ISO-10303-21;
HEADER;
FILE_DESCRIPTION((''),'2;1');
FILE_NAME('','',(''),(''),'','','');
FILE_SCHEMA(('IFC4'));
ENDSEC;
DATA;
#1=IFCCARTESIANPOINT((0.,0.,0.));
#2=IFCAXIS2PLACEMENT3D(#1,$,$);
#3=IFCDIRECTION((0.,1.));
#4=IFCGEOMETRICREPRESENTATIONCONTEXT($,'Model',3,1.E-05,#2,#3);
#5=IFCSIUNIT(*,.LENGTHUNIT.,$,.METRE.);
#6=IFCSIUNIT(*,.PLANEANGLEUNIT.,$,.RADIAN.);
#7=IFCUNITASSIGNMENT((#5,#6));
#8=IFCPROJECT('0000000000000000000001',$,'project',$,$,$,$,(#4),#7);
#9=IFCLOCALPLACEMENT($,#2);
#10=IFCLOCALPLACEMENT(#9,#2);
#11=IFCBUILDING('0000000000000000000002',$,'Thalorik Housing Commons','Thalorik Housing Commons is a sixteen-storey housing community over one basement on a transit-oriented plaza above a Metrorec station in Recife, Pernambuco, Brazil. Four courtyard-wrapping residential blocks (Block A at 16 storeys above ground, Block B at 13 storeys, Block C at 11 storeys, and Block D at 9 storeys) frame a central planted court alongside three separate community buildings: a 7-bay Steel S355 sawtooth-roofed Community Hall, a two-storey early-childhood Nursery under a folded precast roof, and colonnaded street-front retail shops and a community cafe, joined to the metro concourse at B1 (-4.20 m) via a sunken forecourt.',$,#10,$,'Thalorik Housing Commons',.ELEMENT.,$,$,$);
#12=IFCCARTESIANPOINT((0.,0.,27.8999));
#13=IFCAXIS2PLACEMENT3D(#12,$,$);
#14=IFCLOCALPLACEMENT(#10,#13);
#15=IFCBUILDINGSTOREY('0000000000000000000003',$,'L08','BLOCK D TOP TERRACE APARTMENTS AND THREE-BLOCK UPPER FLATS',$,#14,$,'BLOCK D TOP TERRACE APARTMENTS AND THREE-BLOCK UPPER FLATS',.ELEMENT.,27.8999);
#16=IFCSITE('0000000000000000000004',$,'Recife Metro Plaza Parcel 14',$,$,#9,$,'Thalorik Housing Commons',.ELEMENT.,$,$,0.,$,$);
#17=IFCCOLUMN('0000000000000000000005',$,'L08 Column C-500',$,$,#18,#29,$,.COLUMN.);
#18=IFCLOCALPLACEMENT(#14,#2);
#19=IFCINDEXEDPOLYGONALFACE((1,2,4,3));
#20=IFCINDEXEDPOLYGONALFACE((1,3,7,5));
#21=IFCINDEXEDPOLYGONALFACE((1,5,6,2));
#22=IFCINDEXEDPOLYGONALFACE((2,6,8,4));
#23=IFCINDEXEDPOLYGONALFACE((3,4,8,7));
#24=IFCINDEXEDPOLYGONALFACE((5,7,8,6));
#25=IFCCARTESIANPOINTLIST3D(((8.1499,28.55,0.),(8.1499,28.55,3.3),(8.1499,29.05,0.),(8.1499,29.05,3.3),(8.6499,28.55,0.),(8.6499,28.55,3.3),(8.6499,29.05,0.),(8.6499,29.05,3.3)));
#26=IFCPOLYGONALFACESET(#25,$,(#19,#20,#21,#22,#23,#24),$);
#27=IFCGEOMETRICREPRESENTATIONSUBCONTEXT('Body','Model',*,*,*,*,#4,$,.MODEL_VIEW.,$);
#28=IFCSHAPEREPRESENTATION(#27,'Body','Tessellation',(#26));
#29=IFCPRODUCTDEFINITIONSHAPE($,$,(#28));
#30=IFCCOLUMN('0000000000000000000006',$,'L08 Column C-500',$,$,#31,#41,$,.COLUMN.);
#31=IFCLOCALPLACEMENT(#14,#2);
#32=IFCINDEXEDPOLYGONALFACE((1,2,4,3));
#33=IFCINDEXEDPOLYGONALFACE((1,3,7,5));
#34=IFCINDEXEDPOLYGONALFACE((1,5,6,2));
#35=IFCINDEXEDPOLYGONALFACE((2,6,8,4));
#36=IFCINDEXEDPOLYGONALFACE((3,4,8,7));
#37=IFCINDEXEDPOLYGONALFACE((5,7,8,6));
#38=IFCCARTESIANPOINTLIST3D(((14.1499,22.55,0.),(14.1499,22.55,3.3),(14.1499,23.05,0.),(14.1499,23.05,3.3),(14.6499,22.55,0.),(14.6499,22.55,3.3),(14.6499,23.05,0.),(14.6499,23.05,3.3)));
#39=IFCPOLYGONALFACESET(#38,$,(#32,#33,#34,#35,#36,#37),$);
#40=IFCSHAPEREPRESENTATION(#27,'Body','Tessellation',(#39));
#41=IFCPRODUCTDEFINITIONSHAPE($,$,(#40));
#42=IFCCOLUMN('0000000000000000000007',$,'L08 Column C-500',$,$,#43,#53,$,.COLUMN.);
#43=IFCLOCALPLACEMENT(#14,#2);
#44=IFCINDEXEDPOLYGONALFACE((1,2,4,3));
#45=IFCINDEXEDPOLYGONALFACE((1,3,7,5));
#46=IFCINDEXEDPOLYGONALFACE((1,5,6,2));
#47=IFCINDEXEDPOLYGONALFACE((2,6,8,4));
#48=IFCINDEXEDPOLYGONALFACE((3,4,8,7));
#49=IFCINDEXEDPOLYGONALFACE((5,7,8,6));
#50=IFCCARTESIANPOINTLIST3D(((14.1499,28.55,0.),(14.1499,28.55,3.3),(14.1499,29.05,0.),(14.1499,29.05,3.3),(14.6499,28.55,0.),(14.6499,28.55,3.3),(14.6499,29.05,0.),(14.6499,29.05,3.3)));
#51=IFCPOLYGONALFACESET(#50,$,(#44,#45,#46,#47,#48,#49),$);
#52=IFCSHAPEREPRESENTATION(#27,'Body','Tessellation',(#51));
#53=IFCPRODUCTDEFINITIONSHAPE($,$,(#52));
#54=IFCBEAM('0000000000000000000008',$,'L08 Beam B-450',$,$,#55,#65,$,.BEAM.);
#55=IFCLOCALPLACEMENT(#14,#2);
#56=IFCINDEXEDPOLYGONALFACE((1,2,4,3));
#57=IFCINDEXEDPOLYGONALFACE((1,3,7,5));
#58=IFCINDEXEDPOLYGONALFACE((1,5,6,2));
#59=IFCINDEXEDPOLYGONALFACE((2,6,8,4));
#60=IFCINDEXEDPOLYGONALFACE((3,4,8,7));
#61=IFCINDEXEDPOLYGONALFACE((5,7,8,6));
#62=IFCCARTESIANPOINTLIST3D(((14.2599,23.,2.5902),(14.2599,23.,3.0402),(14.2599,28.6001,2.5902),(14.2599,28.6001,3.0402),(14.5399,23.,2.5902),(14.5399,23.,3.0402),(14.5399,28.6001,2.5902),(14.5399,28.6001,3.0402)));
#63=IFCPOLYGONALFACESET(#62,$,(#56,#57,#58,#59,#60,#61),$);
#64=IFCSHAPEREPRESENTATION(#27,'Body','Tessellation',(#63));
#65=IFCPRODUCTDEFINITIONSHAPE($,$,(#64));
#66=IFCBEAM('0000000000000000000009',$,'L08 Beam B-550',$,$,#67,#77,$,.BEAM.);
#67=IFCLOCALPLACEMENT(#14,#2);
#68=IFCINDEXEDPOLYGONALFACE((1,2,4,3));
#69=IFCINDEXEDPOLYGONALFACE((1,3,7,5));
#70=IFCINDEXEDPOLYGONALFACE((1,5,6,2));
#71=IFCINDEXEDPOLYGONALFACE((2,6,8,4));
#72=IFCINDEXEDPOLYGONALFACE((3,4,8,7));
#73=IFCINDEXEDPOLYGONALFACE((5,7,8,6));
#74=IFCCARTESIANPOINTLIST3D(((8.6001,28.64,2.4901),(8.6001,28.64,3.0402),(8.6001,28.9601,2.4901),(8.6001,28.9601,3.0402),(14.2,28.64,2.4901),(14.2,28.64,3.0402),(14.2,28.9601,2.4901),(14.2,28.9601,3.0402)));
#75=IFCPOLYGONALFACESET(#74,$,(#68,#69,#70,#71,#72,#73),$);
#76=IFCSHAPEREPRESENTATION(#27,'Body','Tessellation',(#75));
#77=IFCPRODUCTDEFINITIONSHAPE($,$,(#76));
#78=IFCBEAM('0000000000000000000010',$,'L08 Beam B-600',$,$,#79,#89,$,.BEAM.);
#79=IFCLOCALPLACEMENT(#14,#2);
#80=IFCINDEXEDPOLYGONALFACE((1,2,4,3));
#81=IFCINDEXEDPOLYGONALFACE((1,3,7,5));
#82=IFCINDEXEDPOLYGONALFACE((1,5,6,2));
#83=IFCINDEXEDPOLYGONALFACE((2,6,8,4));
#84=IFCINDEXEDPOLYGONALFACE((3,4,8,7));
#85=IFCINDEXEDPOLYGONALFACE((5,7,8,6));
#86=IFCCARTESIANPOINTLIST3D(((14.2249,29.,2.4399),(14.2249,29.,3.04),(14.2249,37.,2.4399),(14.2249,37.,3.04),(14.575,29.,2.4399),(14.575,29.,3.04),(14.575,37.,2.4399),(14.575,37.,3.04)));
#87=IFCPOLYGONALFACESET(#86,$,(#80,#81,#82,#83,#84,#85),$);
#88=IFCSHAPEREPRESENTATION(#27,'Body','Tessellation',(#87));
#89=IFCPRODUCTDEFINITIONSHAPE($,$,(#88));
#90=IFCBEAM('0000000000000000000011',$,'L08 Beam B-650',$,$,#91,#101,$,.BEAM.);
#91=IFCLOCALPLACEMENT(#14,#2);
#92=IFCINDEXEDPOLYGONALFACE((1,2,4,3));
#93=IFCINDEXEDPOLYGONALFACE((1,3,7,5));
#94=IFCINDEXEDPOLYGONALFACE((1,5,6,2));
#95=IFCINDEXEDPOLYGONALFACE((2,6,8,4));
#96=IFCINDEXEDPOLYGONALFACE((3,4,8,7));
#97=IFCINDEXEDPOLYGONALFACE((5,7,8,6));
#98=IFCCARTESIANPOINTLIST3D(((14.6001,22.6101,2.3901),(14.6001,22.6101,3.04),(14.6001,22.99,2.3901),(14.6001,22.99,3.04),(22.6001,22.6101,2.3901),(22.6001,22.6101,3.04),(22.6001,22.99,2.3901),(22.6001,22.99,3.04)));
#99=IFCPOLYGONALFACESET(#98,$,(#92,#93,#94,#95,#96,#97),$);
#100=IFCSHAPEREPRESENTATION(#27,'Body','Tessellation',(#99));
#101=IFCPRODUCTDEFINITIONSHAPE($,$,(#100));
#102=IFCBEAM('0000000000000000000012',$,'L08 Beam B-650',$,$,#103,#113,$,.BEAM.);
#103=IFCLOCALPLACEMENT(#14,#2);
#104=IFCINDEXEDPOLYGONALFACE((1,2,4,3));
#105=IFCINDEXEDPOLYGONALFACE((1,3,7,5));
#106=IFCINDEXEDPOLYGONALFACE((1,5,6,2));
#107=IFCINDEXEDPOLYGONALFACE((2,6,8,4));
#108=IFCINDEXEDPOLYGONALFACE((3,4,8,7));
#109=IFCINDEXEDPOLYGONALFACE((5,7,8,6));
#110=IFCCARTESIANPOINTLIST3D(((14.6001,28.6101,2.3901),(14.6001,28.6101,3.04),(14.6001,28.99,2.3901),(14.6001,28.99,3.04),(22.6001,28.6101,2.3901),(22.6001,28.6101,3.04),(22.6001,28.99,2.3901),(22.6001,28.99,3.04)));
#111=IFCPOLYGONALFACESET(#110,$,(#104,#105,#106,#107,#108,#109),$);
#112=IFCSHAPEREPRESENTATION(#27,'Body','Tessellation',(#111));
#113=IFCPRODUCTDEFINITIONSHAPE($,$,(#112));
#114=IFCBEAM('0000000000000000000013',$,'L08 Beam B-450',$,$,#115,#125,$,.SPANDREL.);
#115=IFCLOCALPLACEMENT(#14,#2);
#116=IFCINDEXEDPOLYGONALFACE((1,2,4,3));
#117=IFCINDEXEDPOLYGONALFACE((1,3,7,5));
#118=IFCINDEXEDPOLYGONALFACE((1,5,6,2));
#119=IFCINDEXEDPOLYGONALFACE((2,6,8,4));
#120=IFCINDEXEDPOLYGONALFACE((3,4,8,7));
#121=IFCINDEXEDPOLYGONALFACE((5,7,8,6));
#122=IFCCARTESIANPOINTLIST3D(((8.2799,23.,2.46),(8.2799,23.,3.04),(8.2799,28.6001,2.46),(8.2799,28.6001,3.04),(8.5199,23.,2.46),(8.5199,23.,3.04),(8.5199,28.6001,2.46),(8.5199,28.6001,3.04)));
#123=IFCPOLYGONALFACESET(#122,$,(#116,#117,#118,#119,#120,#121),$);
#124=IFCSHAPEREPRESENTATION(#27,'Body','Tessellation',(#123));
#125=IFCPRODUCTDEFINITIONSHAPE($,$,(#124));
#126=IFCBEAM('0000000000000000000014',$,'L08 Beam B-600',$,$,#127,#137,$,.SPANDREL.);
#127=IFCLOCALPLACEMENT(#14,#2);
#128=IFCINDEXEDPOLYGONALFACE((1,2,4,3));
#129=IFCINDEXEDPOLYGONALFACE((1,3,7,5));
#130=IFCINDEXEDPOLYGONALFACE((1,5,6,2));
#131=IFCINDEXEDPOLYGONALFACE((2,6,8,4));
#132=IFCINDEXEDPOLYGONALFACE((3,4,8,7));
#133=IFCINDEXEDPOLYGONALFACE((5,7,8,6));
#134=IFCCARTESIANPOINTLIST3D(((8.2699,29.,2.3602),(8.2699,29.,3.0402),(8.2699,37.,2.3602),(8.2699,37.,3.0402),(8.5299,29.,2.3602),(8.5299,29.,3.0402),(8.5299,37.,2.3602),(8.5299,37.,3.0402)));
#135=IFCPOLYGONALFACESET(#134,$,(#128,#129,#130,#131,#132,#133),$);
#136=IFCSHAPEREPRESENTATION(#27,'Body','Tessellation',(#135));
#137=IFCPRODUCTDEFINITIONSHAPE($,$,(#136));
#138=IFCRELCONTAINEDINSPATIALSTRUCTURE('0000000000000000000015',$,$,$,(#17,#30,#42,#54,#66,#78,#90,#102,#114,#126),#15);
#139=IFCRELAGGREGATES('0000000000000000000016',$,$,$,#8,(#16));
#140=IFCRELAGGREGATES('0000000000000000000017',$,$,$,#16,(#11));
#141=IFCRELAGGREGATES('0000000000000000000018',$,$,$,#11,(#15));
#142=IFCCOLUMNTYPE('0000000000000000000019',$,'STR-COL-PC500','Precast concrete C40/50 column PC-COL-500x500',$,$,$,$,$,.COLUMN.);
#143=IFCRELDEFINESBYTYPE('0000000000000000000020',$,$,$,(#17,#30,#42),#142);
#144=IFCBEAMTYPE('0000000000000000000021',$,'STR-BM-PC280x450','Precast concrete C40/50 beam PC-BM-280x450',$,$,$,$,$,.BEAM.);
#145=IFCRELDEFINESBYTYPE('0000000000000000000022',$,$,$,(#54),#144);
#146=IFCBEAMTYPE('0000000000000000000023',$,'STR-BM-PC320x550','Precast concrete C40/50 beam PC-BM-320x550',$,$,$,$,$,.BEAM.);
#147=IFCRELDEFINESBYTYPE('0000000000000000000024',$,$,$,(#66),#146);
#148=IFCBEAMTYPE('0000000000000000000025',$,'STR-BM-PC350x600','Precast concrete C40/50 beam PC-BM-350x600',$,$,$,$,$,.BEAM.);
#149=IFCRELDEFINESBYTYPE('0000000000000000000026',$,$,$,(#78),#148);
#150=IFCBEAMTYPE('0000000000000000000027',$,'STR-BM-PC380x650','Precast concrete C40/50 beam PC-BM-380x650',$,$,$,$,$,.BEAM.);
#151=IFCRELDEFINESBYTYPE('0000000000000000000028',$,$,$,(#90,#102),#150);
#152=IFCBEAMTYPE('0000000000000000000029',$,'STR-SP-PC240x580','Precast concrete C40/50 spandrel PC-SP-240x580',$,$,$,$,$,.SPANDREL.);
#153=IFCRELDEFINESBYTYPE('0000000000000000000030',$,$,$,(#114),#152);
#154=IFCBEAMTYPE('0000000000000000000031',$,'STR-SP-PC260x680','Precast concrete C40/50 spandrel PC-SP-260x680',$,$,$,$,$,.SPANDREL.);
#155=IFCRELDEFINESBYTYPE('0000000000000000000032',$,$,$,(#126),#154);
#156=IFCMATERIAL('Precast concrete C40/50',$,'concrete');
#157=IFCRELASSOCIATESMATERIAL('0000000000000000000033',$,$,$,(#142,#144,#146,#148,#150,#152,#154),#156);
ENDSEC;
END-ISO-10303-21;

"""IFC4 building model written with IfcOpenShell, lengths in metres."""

from ifc_helpers import new_model, si_unit, direction, frame, origin, origin_2d, place, context, subcontext, project, spatial, rectangle, extrude, material, material_profile, profile_set, type_object, element, save


model = new_model("IFC4")

# Units and contexts
model_context = context("Model", 3, precision=1e-05, world=origin(), true_north=direction((0.0, 1.0)))
body_context = subcontext(model_context, "Body", "Model", "MODEL_VIEW")
ifc_project = project(units=[si_unit("LENGTHUNIT", "METRE"), si_unit("PLANEANGLEUNIT", "RADIAN")], contexts=[model_context])

# Site, building, storey
site_placement = place(None, origin())
site = spatial("IfcSite", under=ifc_project, at=site_placement, Name="Recife Metro Plaza Parcel 14", LongName="Thalorik Housing Commons", CompositionType="ELEMENT", RefElevation=0.0)
building_placement = place(site_placement, origin())
building = spatial("IfcBuilding", under=site, at=building_placement, Name="Thalorik Housing Commons", Description="Thalorik Housing Commons is a sixteen-storey housing community over one basement on a transit-oriented plaza above a Metrorec station in Recife, Pernambuco, Brazil. Four courtyard-wrapping residential blocks (Block A at 16 storeys above ground, Block B at 13 storeys, Block C at 11 storeys, and Block D at 9 storeys) frame a central planted court alongside three separate community buildings: a 7-bay Steel S355 sawtooth-roofed Community Hall, a two-storey early-childhood Nursery under a folded precast roof, and colonnaded street-front retail shops and a community cafe, joined to the metro concourse at B1 (-4.20 m) via a sunken forecourt.", LongName="Thalorik Housing Commons", CompositionType="ELEMENT")
storey_placement = place(building_placement, frame((0.0, 0.0, 27.8999)))
storey = spatial("IfcBuildingStorey", under=building, at=storey_placement, Name="L08", Description="BLOCK D TOP TERRACE APARTMENTS AND THREE-BLOCK UPPER FLATS", LongName="BLOCK D TOP TERRACE APARTMENTS AND THREE-BLOCK UPPER FLATS", CompositionType="ELEMENT", Elevation=27.8999)

# Columns
ifc_material_1 = material(Name="Precast concrete C40/50", Category="concrete")
ifc_material_profile_1 = material_profile(ifc_material_1, rectangle(XDim=0.5, YDim=0.5, at=origin_2d()), Name="PC 500x500", Category="concrete")
ifc_profile_set_1 = profile_set([ifc_material_profile_1], Name="Precast concrete C40/50")
column_type = type_object("IfcColumnType", Name="STR-COL-PC500", Description="Precast concrete C40/50 column PC-COL-500x500", PredefinedType="COLUMN", material=ifc_profile_set_1)
for number, where, z_axis, x_axis, name in (
    (1, (8.3999, 28.8, 0.0), (0.0, 0.0, 1.0), (1.0, 0.0, 0.0), "L08 Column C-500"),
    (2, (14.3999, 22.8, 0.0), (0.0, 0.0, 1.0), (1.0, 0.0, 0.0), "L08 Column C-500"),
    (3, (14.3999, 28.8, 0.0), (0.0, 0.0, 1.0), (1.0, 0.0, 0.0), "L08 Column C-500"),
):
    element("IfcColumn", number, at=place(storey_placement, frame(where, z_axis=z_axis, x_axis=x_axis)), inside=storey, type_object=column_type, Name=name, PredefinedType="COLUMN", context=body_context, shape_type="SweptSolid", body=[
        extrude(rectangle(XDim=0.5, YDim=0.5, at=origin_2d()), origin(), (0.0, 0.0, 1.0), 3.3),
    ])

# Beams
ifc_material_profile_2 = material_profile(ifc_material_1, rectangle(XDim=0.28, YDim=0.45, at=origin_2d()), Name="PC 280x450", Category="concrete")
ifc_profile_set_2 = profile_set([ifc_material_profile_2], Name="Precast concrete C40/50")
beam_type_1 = type_object("IfcBeamType", Name="STR-BM-PC280x450", Description="Precast concrete C40/50 beam PC-BM-280x450", PredefinedType="BEAM", material=ifc_profile_set_2)
beam_1_placement = place(storey_placement, frame((14.3999, 23.0, 2.8152), z_axis=(0.0, 1.0, 0.0), x_axis=(-1.0, 0.0, 0.0)))
element("IfcBeam", 4, at=beam_1_placement, inside=storey, type_object=beam_type_1, Name="L08 Beam B-450", PredefinedType="BEAM", context=body_context, shape_type="SweptSolid", body=[
    extrude(rectangle(XDim=0.28, YDim=0.45, at=origin_2d()), origin(), (0.0, 0.0, 1.0), 5.6001),
])
ifc_material_profile_3 = material_profile(ifc_material_1, rectangle(XDim=0.3201, YDim=0.55, at=origin_2d()), Name="PC 320x550", Category="concrete")
ifc_profile_set_3 = profile_set([ifc_material_profile_3], Name="Precast concrete C40/50")
beam_type_2 = type_object("IfcBeamType", Name="STR-BM-PC320x550", Description="Precast concrete C40/50 beam PC-BM-320x550", PredefinedType="BEAM", material=ifc_profile_set_3)
beam_2_placement = place(storey_placement, frame((8.6001, 28.8, 2.7651), z_axis=(1.0, 0.0, 0.0), x_axis=(0.0, 1.0, 0.0)))
element("IfcBeam", 5, at=beam_2_placement, inside=storey, type_object=beam_type_2, Name="L08 Beam B-550", PredefinedType="BEAM", context=body_context, shape_type="SweptSolid", body=[
    extrude(rectangle(XDim=0.3201, YDim=0.55, at=origin_2d()), origin(), (0.0, 0.0, 1.0), 5.5999),
])
ifc_material_profile_4 = material_profile(ifc_material_1, rectangle(XDim=0.3501, YDim=0.6001, at=origin_2d()), Name="PC 350x600", Category="concrete")
ifc_profile_set_4 = profile_set([ifc_material_profile_4], Name="Precast concrete C40/50")
beam_type_3 = type_object("IfcBeamType", Name="STR-BM-PC350x600", Description="Precast concrete C40/50 beam PC-BM-350x600", PredefinedType="BEAM", material=ifc_profile_set_4)
beam_3_placement = place(storey_placement, frame((14.3999, 29.0, 2.74), z_axis=(0.0, 1.0, 0.0), x_axis=(-1.0, 0.0, 0.0)))
element("IfcBeam", 6, at=beam_3_placement, inside=storey, type_object=beam_type_3, Name="L08 Beam B-600", PredefinedType="BEAM", context=body_context, shape_type="SweptSolid", body=[
    extrude(rectangle(XDim=0.3501, YDim=0.6001, at=origin_2d()), origin(), (0.0, 0.0, 1.0), 8.0),
])
ifc_material_profile_5 = material_profile(ifc_material_1, rectangle(XDim=0.3799, YDim=0.6499, at=origin_2d()), Name="PC 380x650", Category="concrete")
ifc_profile_set_5 = profile_set([ifc_material_profile_5], Name="Precast concrete C40/50")
beam_type_4 = type_object("IfcBeamType", Name="STR-BM-PC380x650", Description="Precast concrete C40/50 beam PC-BM-380x650", PredefinedType="BEAM", material=ifc_profile_set_5)
for number, where, z_axis, x_axis, name in (
    (7, (14.6001, 22.8, 2.7151), (1.0, 0.0, 0.0), (0.0, 1.0, 0.0), "L08 Beam B-650"),
    (8, (14.6001, 28.8, 2.7151), (1.0, 0.0, 0.0), (0.0, 1.0, 0.0), "L08 Beam B-650"),
):
    element("IfcBeam", number, at=place(storey_placement, frame(where, z_axis=z_axis, x_axis=x_axis)), inside=storey, type_object=beam_type_4, Name=name, PredefinedType="BEAM", context=body_context, shape_type="SweptSolid", body=[
        extrude(rectangle(XDim=0.3799, YDim=0.6499, at=origin_2d()), origin(), (0.0, 0.0, 1.0), 8.0),
    ])
ifc_material_profile_6 = material_profile(ifc_material_1, rectangle(XDim=0.24, YDim=0.5801, at=origin_2d()), Name="PC SP 240x580", Category="concrete")
ifc_profile_set_6 = profile_set([ifc_material_profile_6], Name="Precast concrete C40/50")
beam_type_5 = type_object("IfcBeamType", Name="STR-SP-PC240x580", Description="Precast concrete C40/50 spandrel PC-SP-240x580", PredefinedType="SPANDREL", material=ifc_profile_set_6)
beam_4_placement = place(storey_placement, frame((8.3999, 23.0, 2.75), z_axis=(0.0, 1.0, 0.0), x_axis=(-1.0, 0.0, 0.0)))
element("IfcBeam", 9, at=beam_4_placement, inside=storey, type_object=beam_type_5, Name="L08 Beam B-450", PredefinedType="SPANDREL", context=body_context, shape_type="SweptSolid", body=[
    extrude(rectangle(XDim=0.24, YDim=0.5801, at=origin_2d()), origin(), (0.0, 0.0, 1.0), 5.6001),
])
ifc_material_profile_7 = material_profile(ifc_material_1, rectangle(XDim=0.26, YDim=0.6799, at=origin_2d()), Name="PC SP 260x680", Category="concrete")
ifc_profile_set_7 = profile_set([ifc_material_profile_7], Name="Precast concrete C40/50")
beam_type_6 = type_object("IfcBeamType", Name="STR-SP-PC260x680", Description="Precast concrete C40/50 spandrel PC-SP-260x680", PredefinedType="SPANDREL", material=ifc_profile_set_7)
beam_5_placement = place(storey_placement, frame((8.3999, 29.0, 2.7002), z_axis=(0.0, 1.0, 0.0), x_axis=(-1.0, 0.0, 0.0)))
element("IfcBeam", 10, at=beam_5_placement, inside=storey, type_object=beam_type_6, Name="L08 Beam B-600", PredefinedType="SPANDREL", context=body_context, shape_type="SweptSolid", body=[
    extrude(rectangle(XDim=0.26, YDim=0.6799, at=origin_2d()), origin(), (0.0, 0.0, 1.0), 8.0),
])

save(model, "model.ifc")
